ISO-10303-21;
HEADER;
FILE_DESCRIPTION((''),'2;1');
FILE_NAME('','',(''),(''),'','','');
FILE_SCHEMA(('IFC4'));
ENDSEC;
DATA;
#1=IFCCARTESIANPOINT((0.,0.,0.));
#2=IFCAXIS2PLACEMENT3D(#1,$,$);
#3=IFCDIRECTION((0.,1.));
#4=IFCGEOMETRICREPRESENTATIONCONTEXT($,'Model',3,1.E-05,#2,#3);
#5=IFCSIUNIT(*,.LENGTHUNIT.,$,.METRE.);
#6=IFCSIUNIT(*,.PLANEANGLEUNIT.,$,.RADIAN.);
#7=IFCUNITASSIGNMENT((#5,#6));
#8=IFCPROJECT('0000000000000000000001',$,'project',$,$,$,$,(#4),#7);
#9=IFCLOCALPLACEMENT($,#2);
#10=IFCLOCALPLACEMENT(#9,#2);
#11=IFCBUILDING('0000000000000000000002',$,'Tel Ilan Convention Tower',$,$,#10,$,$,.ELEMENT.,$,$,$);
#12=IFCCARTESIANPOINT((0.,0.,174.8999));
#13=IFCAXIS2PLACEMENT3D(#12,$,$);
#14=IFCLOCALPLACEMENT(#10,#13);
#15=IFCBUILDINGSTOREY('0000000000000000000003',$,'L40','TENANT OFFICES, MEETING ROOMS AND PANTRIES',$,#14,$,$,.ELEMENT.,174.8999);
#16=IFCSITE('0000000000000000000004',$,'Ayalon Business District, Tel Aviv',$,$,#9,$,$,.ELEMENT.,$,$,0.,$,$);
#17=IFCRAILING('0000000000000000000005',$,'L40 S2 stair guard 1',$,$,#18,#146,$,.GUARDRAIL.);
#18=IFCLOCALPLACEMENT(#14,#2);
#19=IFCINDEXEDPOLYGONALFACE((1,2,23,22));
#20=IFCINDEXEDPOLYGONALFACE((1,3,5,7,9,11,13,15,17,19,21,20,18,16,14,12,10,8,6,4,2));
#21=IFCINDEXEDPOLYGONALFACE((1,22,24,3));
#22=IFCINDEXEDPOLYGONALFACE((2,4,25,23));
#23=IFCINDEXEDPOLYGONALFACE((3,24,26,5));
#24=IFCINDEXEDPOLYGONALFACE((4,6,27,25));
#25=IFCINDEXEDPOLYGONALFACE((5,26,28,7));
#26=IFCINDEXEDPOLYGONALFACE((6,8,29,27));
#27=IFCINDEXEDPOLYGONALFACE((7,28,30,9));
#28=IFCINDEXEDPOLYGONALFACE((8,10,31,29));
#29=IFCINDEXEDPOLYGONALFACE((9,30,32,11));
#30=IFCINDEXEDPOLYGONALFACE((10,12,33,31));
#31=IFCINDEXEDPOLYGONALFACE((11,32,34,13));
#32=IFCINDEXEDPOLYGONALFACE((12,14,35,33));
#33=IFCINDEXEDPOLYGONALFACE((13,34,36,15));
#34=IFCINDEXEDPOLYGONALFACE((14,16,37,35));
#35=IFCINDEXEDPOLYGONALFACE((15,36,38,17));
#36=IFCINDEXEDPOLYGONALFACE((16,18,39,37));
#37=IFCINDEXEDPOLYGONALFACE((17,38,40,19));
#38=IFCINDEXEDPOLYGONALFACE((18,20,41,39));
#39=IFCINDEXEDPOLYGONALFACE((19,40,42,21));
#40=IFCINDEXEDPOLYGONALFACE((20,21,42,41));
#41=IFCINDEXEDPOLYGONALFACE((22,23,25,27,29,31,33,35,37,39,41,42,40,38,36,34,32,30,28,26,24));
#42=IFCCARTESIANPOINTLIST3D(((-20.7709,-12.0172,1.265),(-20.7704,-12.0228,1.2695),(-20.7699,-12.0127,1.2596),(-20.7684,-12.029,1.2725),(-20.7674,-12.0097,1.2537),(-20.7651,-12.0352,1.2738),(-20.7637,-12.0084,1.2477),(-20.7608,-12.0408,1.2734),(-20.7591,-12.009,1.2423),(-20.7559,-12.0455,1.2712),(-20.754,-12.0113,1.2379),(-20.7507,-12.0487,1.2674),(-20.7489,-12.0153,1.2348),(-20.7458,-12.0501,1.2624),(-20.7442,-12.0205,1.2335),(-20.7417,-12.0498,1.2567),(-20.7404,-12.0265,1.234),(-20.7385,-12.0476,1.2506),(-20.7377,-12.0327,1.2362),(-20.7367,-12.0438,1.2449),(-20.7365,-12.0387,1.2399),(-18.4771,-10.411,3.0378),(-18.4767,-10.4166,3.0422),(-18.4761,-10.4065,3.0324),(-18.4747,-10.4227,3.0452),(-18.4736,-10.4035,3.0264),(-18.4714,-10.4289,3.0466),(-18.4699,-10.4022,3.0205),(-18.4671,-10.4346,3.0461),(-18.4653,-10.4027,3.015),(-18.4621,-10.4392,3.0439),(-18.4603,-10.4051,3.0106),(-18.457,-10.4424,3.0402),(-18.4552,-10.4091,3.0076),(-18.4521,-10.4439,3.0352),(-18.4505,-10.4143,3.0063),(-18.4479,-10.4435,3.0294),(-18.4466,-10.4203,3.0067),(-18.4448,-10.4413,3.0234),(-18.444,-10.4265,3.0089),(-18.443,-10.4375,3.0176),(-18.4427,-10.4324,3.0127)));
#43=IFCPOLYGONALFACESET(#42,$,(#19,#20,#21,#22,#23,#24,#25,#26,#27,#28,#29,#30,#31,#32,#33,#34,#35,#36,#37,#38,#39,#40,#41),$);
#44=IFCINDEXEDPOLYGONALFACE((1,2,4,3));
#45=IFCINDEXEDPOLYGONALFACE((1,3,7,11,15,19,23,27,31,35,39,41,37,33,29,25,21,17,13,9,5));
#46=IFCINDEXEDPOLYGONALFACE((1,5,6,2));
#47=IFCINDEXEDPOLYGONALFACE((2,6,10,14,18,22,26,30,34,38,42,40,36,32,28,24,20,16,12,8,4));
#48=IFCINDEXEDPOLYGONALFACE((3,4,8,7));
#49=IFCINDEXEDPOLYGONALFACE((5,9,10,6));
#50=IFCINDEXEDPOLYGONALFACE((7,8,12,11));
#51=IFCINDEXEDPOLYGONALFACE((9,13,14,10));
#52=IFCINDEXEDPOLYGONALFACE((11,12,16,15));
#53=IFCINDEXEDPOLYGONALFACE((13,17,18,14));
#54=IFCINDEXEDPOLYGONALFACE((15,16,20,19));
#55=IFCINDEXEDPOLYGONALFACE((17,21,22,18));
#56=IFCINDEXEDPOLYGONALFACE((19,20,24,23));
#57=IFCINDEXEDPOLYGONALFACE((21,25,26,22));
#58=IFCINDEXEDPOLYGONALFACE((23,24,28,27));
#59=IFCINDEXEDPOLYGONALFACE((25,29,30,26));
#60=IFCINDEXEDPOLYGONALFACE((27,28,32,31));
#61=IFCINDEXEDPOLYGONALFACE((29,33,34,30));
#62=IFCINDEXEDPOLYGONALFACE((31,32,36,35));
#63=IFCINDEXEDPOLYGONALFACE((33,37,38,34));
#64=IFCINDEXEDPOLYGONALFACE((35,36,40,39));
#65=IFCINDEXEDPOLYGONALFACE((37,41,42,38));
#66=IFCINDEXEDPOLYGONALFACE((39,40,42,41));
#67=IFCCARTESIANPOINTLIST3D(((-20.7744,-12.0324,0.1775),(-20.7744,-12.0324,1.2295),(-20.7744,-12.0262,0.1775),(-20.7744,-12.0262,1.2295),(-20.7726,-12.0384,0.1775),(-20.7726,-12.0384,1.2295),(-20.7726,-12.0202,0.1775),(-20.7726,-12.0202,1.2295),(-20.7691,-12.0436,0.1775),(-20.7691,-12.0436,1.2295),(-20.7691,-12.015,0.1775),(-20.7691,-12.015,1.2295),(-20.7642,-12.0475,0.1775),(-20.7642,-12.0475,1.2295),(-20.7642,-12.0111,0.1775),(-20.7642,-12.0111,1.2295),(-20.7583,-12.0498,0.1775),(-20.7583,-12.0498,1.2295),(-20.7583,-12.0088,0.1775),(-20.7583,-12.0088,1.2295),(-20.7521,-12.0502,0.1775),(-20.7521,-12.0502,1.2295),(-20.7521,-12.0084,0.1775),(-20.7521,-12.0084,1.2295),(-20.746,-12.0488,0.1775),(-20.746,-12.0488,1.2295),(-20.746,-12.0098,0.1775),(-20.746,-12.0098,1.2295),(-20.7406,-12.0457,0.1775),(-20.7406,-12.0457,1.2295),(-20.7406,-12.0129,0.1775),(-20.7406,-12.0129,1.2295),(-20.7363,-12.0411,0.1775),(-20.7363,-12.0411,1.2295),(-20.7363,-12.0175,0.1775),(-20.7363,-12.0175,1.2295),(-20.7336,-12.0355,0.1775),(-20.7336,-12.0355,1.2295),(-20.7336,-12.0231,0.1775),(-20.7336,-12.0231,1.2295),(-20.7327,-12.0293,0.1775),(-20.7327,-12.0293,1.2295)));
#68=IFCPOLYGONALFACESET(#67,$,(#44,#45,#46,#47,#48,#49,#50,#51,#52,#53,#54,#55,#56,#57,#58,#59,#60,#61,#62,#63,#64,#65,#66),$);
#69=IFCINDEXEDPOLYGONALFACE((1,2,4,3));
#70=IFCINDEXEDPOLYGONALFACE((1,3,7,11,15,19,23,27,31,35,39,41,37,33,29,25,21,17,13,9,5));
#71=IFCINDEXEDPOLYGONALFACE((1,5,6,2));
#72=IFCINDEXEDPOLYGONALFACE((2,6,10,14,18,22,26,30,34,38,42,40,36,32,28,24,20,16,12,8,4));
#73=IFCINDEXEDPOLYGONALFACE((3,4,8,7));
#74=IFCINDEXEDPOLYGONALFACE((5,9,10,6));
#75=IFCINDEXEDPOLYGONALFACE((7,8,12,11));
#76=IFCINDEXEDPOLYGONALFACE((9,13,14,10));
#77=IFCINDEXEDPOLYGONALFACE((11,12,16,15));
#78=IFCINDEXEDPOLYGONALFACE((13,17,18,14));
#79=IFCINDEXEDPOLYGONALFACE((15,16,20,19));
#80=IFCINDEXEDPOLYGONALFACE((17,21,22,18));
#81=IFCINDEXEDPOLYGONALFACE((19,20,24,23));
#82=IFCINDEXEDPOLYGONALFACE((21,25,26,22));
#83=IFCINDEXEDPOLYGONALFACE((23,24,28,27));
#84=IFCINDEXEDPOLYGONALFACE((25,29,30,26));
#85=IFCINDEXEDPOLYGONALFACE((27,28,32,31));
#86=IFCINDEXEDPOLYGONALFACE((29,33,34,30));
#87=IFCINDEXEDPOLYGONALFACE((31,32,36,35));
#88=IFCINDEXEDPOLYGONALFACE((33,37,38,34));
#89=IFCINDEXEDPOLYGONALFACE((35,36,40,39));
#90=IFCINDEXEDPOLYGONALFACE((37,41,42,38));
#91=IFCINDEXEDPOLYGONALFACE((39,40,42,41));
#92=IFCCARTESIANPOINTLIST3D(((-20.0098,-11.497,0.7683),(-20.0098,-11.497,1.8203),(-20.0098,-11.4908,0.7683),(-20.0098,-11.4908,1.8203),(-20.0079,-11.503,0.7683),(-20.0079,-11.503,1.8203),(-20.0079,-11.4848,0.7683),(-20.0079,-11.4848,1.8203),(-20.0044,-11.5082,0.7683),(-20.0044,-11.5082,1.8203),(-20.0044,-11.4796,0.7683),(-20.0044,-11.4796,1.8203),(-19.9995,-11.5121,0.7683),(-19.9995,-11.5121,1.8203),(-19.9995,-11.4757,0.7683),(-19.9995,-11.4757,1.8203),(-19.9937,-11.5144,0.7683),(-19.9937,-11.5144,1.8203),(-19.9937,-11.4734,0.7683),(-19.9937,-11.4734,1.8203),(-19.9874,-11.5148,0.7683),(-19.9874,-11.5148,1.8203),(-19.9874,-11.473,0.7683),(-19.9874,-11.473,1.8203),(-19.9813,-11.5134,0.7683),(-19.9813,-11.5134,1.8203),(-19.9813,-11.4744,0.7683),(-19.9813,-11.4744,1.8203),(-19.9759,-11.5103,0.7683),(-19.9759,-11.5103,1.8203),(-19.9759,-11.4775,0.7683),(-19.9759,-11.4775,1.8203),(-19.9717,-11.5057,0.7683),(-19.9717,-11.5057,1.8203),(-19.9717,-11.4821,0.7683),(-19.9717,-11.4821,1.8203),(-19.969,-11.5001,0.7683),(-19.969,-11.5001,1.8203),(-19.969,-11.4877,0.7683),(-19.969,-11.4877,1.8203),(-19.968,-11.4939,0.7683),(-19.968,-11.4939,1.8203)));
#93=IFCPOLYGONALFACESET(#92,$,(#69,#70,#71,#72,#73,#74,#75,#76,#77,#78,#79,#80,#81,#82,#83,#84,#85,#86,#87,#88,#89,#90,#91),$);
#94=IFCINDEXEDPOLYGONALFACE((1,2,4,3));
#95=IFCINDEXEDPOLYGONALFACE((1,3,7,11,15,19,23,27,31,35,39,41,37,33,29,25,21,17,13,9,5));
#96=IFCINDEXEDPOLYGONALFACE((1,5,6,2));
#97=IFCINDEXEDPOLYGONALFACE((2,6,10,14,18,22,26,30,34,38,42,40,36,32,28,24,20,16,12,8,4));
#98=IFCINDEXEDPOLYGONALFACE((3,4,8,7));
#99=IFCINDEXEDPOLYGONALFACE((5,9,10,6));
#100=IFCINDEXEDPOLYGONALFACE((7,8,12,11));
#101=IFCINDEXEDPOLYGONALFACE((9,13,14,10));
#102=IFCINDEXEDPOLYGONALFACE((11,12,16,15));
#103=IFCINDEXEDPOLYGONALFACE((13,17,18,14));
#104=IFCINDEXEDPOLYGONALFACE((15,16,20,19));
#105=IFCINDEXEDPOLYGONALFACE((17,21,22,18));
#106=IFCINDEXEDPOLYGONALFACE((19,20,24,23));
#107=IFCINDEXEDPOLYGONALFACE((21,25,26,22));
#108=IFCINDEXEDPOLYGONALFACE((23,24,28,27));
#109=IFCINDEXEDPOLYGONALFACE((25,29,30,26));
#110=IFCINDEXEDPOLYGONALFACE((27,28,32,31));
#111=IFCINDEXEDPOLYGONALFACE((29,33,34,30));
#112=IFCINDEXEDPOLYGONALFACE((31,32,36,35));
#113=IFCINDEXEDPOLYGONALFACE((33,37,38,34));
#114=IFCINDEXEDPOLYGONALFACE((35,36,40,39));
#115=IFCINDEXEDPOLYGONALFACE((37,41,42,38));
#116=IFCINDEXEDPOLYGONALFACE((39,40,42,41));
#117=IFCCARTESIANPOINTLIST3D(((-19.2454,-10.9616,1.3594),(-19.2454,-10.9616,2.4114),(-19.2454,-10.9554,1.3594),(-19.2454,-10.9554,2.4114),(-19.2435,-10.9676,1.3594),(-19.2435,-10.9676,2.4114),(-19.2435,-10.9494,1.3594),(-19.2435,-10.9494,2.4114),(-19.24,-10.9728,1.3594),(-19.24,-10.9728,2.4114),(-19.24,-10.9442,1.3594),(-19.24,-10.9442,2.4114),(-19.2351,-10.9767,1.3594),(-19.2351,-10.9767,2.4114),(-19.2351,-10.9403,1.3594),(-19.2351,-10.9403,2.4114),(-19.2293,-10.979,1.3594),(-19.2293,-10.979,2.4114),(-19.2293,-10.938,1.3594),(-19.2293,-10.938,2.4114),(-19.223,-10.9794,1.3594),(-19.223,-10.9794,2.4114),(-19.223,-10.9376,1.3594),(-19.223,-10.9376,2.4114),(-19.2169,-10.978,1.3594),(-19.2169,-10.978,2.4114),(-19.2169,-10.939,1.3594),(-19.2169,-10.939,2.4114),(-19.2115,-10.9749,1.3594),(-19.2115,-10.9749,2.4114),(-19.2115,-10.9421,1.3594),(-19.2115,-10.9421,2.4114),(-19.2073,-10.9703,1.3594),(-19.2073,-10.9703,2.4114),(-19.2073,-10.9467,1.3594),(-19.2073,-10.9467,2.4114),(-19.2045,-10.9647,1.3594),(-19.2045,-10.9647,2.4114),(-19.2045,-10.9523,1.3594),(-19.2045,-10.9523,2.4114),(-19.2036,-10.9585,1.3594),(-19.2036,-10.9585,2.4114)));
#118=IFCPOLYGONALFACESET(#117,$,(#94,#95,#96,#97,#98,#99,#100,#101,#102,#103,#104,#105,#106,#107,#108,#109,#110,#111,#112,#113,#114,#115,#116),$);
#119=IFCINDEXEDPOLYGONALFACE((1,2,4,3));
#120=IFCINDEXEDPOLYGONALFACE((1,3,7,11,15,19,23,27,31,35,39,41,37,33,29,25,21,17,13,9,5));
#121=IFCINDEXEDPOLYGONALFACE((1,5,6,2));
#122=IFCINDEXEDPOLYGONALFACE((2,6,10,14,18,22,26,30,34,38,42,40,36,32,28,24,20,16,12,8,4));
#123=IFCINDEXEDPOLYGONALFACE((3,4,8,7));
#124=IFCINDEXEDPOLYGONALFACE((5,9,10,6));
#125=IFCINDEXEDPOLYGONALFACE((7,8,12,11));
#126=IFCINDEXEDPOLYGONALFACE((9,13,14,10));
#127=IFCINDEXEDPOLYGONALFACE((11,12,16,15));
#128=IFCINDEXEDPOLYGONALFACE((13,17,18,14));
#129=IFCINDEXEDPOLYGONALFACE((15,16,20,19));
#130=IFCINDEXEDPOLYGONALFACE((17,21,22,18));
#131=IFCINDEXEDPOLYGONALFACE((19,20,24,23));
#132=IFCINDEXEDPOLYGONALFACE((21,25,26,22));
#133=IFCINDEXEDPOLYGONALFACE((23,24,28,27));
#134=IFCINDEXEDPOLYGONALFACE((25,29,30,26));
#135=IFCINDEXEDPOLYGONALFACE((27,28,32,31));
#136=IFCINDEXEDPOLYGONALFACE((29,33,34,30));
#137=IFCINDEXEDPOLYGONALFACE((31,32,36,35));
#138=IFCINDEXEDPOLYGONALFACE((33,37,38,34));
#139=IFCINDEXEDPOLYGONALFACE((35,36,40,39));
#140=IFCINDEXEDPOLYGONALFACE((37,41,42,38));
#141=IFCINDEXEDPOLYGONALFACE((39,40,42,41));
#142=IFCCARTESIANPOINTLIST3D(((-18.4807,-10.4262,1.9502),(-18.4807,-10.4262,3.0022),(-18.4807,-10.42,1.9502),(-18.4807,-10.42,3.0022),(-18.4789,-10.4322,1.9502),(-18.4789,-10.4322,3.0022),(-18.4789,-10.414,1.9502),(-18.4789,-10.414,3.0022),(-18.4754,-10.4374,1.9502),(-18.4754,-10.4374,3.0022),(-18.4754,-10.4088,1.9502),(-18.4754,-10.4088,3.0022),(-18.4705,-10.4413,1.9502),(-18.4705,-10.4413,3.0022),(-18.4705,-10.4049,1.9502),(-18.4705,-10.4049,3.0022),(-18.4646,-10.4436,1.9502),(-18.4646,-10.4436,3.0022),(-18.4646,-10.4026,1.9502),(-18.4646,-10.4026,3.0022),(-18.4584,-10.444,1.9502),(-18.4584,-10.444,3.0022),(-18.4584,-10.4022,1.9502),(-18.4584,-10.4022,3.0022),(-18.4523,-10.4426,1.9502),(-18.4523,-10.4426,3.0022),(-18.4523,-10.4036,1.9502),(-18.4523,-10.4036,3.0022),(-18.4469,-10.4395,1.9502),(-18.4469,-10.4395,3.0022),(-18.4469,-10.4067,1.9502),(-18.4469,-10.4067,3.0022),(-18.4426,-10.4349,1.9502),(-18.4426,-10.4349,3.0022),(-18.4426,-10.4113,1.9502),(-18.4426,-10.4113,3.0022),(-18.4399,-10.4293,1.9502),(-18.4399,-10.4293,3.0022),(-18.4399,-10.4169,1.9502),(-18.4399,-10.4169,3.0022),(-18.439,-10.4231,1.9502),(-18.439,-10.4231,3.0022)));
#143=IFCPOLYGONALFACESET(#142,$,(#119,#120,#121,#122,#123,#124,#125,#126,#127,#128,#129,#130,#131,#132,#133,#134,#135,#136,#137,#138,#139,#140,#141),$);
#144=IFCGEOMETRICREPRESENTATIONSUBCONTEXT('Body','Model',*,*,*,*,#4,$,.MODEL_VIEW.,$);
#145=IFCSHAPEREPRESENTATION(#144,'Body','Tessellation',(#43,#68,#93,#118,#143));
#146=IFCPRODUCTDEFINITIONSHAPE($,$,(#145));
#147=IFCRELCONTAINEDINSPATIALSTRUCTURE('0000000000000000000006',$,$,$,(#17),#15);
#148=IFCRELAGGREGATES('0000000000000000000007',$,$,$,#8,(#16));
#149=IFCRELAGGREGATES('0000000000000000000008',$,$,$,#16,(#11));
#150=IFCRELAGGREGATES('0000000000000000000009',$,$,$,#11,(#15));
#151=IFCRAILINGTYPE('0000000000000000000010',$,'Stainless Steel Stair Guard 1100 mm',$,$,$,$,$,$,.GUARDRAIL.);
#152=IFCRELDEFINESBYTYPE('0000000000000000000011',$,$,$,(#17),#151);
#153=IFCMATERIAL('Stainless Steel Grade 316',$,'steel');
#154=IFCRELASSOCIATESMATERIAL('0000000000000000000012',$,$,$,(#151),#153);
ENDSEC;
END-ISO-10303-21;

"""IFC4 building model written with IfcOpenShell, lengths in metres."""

from ifc_helpers import new_model, si_unit, direction, frame, origin, origin_2d, place, context, subcontext, project, spatial, circle, extrude, material, type_object, element, save


model = new_model("IFC4")

# Units and contexts
model_context = context("Model", 3, precision=1e-05, world=origin(), true_north=direction((0.0, 1.0)))
body_context = subcontext(model_context, "Body", "Model", "MODEL_VIEW")
ifc_project = project(units=[si_unit("LENGTHUNIT", "METRE"), si_unit("PLANEANGLEUNIT", "RADIAN")], contexts=[model_context])

# Site, building, storey
site_placement = place(None, origin())
site = spatial("IfcSite", under=ifc_project, at=site_placement, Name="Ayalon Business District, Tel Aviv", CompositionType="ELEMENT", RefElevation=0.0)
building_placement = place(site_placement, origin())
building = spatial("IfcBuilding", under=site, at=building_placement, Name="Tel Ilan Convention Tower", CompositionType="ELEMENT")
storey_placement = place(building_placement, frame((0.0, 0.0, 174.8999)))
storey = spatial("IfcBuildingStorey", under=building, at=storey_placement, Name="L40", Description="TENANT OFFICES, MEETING ROOMS AND PANTRIES", CompositionType="ELEMENT", Elevation=174.8999)

# Railing
ifc_material_1 = material(Name="Stainless Steel Grade 316", Category="steel")
railing_type_1 = type_object("IfcRailingType", Name="Stainless Steel Stair Guard 1100 mm", PredefinedType="GUARDRAIL", material=ifc_material_1)
railing_1_placement = place(storey_placement, frame((-20.7537, -12.0293, 0.1775)))
element("IfcRailing", 1, at=railing_1_placement, inside=storey, type_object=railing_type_1, Name="L40 S2 stair guard 1", PredefinedType="GUARDRAIL", context=body_context, shape_type="SweptSolid", body=[
    extrude(circle(Radius=0.0239, at=origin_2d()), frame((0.0, 0.0, 1.0762), z_axis=(0.692098, 0.484653, 0.534894), x_axis=(-0.573609, 0.81913, 0.0)), (0.0, 0.0, 1.0), 3.3142),
    extrude(circle(Radius=0.021, at=origin_2d()), origin(), (0.0, 0.0, 1.0), 1.052),
    extrude(circle(Radius=0.021, at=origin_2d()), frame((0.7646, 0.5354, 0.5908)), (0.0, 0.0, 1.0), 1.052),
    extrude(circle(Radius=0.021, at=origin_2d()), frame((1.5291, 1.0708, 1.1819)), (0.0, 0.0, 1.0), 1.052),
    extrude(circle(Radius=0.021, at=origin_2d()), frame((2.2937, 1.6062, 1.7727)), (0.0, 0.0, 1.0), 1.052),
])

save(model, "model.ifc")
